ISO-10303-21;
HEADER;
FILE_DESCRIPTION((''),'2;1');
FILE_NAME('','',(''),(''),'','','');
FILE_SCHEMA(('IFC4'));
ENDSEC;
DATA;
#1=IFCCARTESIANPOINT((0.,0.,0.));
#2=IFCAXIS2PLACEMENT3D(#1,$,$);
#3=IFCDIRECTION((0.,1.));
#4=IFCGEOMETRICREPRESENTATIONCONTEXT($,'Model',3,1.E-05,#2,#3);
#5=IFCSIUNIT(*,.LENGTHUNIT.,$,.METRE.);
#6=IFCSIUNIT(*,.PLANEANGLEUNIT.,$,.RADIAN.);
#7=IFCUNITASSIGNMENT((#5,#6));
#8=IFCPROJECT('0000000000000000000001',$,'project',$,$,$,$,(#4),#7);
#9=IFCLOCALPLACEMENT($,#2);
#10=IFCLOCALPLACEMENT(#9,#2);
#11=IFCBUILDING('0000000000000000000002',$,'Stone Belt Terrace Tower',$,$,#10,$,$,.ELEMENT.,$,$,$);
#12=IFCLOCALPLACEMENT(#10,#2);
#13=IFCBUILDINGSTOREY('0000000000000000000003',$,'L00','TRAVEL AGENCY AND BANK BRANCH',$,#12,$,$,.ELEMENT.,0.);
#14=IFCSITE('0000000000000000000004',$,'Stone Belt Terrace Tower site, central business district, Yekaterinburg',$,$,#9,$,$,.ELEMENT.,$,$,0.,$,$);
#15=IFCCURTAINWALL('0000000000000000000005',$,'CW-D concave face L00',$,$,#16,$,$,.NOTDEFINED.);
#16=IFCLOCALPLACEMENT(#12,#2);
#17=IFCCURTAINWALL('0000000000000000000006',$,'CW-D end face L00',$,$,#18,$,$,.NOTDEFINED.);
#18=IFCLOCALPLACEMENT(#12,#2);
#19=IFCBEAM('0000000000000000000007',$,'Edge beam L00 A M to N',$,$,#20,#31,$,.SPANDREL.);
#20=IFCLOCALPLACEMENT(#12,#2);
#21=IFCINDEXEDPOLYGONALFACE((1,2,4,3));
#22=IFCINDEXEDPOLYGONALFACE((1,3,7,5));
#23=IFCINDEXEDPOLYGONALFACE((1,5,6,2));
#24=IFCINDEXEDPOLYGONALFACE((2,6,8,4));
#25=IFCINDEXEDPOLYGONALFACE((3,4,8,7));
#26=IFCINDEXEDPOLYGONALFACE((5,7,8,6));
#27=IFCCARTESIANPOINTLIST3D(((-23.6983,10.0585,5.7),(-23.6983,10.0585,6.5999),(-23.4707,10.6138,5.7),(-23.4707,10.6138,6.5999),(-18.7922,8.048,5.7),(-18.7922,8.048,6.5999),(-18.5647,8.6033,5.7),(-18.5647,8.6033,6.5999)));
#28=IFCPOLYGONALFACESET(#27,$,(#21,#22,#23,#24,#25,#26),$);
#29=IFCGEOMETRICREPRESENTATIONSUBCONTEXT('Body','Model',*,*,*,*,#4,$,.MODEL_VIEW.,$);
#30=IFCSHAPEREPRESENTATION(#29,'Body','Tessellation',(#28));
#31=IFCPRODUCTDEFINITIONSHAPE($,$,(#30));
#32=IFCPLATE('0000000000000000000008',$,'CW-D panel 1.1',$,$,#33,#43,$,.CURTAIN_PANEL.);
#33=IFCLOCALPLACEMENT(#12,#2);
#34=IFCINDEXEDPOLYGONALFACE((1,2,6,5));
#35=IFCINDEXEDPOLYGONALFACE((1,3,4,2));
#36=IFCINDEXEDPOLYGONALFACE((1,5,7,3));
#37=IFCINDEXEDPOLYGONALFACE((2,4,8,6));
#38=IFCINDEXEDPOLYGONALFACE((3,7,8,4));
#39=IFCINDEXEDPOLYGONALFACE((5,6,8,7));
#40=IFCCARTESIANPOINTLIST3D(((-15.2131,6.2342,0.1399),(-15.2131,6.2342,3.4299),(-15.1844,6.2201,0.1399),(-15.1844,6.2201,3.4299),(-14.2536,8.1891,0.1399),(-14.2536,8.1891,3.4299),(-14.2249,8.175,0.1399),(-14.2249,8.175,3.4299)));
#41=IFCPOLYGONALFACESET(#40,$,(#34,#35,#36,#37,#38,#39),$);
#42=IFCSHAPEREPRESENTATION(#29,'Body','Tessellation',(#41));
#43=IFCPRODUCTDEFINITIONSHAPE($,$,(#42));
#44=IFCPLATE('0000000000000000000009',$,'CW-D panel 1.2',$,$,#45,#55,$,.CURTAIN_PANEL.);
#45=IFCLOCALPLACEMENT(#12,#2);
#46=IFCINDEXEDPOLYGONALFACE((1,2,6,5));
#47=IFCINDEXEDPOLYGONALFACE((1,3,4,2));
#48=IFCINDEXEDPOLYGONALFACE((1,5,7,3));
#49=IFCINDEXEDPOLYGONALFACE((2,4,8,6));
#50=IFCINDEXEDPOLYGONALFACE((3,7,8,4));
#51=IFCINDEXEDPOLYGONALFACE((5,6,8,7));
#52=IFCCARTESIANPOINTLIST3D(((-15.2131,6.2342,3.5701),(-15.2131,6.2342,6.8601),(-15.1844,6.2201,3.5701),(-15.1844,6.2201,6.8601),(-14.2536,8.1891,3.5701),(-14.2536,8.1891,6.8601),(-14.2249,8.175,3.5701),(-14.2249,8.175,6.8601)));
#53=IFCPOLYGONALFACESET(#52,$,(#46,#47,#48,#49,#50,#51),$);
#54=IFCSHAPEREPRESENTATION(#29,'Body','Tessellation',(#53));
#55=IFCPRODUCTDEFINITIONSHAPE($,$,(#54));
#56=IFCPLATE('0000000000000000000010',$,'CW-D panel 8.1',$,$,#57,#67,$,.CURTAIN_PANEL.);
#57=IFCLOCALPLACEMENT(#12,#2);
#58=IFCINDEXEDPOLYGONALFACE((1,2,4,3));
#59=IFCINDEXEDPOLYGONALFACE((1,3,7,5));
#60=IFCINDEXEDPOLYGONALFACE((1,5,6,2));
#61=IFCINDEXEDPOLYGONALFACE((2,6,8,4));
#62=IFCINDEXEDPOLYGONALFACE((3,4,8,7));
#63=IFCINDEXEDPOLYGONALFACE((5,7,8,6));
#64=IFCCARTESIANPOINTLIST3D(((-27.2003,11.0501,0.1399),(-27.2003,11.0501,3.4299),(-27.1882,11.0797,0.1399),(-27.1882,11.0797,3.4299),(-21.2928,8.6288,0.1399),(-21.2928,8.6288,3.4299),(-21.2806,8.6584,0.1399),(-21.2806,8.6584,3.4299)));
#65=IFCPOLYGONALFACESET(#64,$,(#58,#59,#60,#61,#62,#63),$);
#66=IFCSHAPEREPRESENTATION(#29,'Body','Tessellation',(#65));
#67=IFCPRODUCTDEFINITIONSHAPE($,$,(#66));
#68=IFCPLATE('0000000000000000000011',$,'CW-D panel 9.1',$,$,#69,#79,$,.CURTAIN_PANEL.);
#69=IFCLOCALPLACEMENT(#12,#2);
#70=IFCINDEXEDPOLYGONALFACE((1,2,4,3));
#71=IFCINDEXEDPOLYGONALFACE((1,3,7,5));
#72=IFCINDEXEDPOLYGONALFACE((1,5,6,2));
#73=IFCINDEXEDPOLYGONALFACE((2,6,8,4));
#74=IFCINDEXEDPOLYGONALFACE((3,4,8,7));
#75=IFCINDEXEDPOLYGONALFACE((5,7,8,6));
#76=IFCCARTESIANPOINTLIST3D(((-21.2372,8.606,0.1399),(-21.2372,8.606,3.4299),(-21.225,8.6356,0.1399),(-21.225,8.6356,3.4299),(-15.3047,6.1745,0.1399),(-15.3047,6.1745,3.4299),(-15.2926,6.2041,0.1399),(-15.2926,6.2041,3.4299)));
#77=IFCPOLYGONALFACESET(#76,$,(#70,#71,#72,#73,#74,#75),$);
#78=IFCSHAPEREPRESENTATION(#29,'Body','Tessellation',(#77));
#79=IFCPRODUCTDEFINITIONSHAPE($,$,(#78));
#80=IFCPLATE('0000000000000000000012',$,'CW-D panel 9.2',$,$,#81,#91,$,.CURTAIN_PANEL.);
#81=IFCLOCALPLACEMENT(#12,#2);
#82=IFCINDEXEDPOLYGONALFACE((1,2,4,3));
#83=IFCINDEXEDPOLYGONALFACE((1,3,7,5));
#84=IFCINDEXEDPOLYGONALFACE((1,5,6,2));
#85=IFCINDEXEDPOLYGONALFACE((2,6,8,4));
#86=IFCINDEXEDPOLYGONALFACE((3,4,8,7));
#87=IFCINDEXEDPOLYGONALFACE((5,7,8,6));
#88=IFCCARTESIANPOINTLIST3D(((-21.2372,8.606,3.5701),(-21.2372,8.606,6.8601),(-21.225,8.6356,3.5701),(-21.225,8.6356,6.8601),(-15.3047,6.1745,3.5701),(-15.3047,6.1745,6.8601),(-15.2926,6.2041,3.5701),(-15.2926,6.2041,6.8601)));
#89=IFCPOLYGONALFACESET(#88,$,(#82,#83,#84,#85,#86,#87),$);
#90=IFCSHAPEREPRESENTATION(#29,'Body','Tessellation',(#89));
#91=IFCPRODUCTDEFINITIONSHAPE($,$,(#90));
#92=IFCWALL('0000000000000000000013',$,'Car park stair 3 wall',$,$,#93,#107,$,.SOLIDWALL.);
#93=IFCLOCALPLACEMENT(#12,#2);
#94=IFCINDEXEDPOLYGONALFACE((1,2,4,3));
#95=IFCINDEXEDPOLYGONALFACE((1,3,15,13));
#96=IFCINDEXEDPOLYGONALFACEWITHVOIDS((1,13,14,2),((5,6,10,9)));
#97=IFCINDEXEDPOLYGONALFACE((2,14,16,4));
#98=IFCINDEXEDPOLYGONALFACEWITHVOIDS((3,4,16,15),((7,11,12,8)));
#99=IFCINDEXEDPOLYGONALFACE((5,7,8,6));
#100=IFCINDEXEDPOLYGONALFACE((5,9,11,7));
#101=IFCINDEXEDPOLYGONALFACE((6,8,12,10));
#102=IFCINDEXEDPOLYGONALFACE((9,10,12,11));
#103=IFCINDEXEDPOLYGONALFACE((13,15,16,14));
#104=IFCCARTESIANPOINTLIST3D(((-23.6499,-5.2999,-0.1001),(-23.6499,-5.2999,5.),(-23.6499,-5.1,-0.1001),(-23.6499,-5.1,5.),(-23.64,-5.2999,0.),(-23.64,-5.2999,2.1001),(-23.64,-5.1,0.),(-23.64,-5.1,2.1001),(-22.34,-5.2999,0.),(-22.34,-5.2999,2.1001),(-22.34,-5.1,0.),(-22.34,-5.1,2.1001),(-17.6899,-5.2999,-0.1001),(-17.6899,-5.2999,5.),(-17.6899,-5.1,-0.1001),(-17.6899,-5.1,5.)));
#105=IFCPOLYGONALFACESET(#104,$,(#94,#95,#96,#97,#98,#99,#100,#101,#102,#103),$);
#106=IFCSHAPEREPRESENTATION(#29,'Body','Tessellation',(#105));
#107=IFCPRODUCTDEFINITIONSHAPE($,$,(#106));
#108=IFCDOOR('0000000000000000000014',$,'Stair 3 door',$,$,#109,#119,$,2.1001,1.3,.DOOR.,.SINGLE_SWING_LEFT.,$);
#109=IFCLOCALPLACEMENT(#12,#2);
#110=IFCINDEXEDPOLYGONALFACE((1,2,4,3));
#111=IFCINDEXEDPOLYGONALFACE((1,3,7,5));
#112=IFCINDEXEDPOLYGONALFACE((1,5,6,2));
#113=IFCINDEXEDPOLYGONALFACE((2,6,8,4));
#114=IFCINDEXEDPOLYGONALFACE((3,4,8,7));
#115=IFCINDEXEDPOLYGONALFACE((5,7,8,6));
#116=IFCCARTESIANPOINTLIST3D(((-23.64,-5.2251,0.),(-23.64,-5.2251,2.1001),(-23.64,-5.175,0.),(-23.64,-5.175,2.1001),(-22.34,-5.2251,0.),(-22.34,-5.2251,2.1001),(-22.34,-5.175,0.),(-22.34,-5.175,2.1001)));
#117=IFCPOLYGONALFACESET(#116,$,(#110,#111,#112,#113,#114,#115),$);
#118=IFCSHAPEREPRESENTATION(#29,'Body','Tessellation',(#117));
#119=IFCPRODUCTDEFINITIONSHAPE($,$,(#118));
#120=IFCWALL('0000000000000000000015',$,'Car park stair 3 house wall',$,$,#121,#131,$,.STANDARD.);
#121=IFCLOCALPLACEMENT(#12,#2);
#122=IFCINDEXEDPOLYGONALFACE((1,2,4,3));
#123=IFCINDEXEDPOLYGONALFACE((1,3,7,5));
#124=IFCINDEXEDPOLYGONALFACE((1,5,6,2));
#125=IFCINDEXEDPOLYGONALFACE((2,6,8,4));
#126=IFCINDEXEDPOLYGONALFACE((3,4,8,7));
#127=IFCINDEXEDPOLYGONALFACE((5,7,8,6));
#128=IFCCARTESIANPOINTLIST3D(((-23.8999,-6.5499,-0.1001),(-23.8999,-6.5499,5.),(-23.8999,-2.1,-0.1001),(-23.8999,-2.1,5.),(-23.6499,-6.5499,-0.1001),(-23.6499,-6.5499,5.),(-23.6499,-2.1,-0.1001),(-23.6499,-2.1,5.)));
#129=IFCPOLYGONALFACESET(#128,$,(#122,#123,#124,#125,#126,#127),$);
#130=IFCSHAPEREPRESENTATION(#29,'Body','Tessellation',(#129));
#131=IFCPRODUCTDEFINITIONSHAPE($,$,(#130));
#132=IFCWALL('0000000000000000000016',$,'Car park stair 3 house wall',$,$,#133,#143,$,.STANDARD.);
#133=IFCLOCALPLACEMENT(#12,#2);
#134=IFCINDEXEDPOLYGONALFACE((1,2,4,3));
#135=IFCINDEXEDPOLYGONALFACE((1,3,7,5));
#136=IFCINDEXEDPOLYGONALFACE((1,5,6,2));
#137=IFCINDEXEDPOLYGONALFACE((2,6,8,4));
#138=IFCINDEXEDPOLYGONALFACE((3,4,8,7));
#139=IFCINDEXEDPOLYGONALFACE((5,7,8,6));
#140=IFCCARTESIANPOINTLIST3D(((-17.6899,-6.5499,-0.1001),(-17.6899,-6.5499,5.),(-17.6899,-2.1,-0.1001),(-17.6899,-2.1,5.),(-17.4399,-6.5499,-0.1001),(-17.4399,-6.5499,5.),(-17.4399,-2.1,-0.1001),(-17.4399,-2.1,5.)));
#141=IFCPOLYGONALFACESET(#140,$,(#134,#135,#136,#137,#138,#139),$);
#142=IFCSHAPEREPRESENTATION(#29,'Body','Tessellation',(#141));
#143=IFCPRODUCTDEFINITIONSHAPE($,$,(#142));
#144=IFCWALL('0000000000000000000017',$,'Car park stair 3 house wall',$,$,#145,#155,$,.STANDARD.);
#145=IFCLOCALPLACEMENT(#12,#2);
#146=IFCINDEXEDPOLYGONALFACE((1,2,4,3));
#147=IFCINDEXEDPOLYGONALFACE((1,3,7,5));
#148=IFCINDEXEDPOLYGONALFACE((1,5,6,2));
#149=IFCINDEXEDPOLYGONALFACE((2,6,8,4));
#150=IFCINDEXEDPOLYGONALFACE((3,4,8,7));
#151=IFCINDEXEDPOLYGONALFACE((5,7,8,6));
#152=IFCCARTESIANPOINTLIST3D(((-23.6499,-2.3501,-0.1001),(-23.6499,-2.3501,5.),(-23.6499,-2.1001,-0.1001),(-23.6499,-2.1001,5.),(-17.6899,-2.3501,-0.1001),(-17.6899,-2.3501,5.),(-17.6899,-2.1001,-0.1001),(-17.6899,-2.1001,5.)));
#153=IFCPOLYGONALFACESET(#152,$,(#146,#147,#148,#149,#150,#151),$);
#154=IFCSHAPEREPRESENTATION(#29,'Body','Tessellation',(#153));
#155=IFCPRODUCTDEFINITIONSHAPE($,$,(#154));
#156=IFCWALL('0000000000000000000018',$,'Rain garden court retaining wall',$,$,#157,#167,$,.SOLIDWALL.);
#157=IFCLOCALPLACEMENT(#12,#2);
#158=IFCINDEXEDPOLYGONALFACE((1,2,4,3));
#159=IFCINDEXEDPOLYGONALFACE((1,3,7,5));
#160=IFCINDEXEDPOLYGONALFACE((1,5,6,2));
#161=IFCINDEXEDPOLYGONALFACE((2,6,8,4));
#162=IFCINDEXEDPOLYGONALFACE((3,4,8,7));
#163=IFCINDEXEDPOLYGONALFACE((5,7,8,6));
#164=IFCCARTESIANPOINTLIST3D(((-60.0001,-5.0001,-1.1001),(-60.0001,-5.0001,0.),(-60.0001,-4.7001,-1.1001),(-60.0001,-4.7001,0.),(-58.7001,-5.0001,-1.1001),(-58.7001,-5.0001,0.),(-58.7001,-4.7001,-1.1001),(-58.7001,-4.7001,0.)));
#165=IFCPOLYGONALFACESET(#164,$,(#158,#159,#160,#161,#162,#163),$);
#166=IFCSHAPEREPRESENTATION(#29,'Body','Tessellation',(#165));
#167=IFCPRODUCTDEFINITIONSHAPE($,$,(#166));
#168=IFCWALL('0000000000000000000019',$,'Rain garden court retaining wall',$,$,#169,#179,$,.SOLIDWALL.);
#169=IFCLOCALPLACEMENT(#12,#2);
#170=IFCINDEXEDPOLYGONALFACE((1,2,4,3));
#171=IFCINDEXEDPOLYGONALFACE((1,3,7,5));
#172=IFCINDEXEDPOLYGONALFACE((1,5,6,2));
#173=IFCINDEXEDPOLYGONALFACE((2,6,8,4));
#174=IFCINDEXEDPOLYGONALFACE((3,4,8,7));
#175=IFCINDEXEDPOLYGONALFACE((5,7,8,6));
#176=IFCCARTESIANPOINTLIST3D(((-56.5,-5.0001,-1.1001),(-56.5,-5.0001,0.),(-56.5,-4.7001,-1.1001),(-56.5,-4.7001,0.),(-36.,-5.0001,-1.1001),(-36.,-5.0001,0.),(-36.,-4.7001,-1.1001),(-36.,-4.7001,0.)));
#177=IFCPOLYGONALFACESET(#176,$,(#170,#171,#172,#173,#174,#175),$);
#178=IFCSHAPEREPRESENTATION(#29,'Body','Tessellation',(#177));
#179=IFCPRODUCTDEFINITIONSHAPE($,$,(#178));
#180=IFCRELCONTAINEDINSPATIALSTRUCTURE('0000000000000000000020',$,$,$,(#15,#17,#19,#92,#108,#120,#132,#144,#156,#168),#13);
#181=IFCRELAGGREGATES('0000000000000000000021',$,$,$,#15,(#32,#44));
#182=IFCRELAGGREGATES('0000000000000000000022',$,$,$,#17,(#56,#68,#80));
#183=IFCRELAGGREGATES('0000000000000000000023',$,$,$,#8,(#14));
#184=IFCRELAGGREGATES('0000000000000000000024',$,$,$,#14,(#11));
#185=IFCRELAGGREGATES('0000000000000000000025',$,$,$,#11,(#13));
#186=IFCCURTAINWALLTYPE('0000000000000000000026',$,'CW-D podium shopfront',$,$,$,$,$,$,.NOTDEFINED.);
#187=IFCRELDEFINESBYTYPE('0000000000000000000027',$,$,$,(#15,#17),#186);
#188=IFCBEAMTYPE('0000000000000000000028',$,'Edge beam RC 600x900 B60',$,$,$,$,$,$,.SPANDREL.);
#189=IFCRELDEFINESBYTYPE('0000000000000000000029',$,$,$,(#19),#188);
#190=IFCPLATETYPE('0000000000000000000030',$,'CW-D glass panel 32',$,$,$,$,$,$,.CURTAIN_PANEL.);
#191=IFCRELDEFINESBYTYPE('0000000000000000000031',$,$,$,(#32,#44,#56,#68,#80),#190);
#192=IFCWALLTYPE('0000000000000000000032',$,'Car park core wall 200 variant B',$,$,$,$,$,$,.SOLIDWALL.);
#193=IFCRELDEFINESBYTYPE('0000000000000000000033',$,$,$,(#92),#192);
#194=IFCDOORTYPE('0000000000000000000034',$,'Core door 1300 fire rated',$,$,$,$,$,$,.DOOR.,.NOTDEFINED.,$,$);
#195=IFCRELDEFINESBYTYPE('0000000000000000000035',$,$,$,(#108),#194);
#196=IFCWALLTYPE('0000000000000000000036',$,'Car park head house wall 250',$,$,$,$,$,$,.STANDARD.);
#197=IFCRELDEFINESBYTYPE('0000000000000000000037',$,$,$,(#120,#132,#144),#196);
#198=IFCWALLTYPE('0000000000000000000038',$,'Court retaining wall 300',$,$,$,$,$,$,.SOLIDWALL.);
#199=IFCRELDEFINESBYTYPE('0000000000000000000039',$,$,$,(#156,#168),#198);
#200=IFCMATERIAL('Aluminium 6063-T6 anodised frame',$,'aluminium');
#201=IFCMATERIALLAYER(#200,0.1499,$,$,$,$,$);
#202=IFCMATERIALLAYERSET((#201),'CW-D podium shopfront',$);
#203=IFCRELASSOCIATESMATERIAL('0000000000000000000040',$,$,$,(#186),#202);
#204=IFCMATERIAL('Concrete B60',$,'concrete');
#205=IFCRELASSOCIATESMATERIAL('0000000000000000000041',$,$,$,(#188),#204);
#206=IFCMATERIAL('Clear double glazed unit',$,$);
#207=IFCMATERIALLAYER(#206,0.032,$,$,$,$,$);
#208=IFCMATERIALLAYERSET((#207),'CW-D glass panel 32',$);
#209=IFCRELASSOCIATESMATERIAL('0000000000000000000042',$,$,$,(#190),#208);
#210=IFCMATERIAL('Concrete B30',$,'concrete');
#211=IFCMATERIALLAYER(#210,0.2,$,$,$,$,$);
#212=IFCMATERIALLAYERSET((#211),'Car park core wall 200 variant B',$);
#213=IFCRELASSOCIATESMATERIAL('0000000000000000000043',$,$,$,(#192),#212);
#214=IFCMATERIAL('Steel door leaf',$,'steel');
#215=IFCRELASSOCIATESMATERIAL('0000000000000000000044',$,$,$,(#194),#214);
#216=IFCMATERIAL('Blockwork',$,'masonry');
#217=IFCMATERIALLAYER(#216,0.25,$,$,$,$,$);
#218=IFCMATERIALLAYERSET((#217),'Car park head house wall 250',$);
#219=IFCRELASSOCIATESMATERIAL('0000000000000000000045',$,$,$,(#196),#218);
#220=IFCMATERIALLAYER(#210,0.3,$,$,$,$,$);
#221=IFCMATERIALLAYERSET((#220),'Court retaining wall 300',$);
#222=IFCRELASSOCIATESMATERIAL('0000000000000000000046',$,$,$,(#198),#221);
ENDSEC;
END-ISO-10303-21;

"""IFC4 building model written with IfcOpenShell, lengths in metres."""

from ifc_helpers import new_model, si_unit, direction, frame, frame_2d, origin, origin_2d, place, context, subcontext, project, spatial, rectangle, extrude, material, layer, layer_set, material_profile, profile_set, type_object, element, fill, aggregate, save


model = new_model("IFC4")

# Units and contexts
model_context = context("Model", 3, precision=1e-05, world=origin(), true_north=direction((0.0, 1.0)))
body_context = subcontext(model_context, "Body", "Model", "MODEL_VIEW")
ifc_project = project(units=[si_unit("LENGTHUNIT", "METRE"), si_unit("PLANEANGLEUNIT", "RADIAN")], contexts=[model_context])

# Site, building, storey
site_placement = place(None, origin())
site = spatial("IfcSite", under=ifc_project, at=site_placement, Name="Stone Belt Terrace Tower site, central business district, Yekaterinburg", CompositionType="ELEMENT", RefElevation=0.0)
building_placement = place(site_placement, origin())
building = spatial("IfcBuilding", under=site, at=building_placement, Name="Stone Belt Terrace Tower", CompositionType="ELEMENT")
storey_placement = place(building_placement, origin())
storey = spatial("IfcBuildingStorey", under=building, at=storey_placement, Name="L00", Description="TRAVEL AGENCY AND BANK BRANCH", CompositionType="ELEMENT", Elevation=0.0)

# Shared definitions
ifc_material_1 = material(Name="Concrete B30", Category="concrete")

# Shared definitions
ifc_material_2 = material(Name="Concrete B60", Category="concrete")

# Curtain wall
ifc_material_3 = material(Name="Aluminium 6063-T6 anodised frame", Category="aluminium")
ifc_layer_1 = layer(ifc_material_3, 0.1499)
ifc_layer_set_1 = layer_set([ifc_layer_1], Name="CW-D podium shopfront")
curtain_wall_type = type_object("IfcCurtainWallType", Name="CW-D podium shopfront", PredefinedType="NOTDEFINED", material=ifc_layer_set_1)
curtain_wall_1_placement = place(storey_placement, origin())
curtain_wall_1 = element("IfcCurtainWall", 1, at=curtain_wall_1_placement, inside=storey, type_object=curtain_wall_type, Name="CW-D concave face L00", PredefinedType="NOTDEFINED")

# Curtain wall
curtain_wall_2_placement = place(storey_placement, origin())
curtain_wall_2 = element("IfcCurtainWall", 2, at=curtain_wall_2_placement, inside=storey, type_object=curtain_wall_type, Name="CW-D end face L00", PredefinedType="NOTDEFINED")

# Beam
ifc_material_profile_1 = material_profile(ifc_material_2, rectangle(XDim=0.6001, YDim=0.8999, at=origin_2d()), Name="RC 600x900")
ifc_profile_set_1 = profile_set([ifc_material_profile_1], Name="Concrete B60")
beam_type = type_object("IfcBeamType", Name="Edge beam RC 600x900 B60", PredefinedType="SPANDREL", material=ifc_profile_set_1)
beam_placement = place(storey_placement, frame((-18.6785, 8.3257, 6.1499), z_axis=(-0.925316, 0.379198, 0.0), x_axis=(-0.379198, -0.925316, 0.0)))
element("IfcBeam", 3, at=beam_placement, inside=storey, type_object=beam_type, Name="Edge beam L00 A M to N", PredefinedType="SPANDREL", context=body_context, shape_type="SweptSolid", body=[
    extrude(rectangle(XDim=0.6001, YDim=0.8999, at=origin_2d()), origin(), (0.0, 0.0, 1.0), 5.302),
])

# Plates
ifc_material_4 = material(Name="Clear double glazed unit")
ifc_layer_2 = layer(ifc_material_4, 0.032)
ifc_layer_set_2 = layer_set([ifc_layer_2], Name="CW-D glass panel 32")
plate_type = type_object("IfcPlateType", Name="CW-D glass panel 32", PredefinedType="CURTAIN_PANEL", material=ifc_layer_set_2)
plate_1_placement = place(storey_placement, frame((-14.719, 7.2046, 0.1399), z_axis=(0.0, 0.0, 1.0), x_axis=(0.440619, 0.897694, 0.0)))
plate_1 = element("IfcPlate", 4, at=plate_1_placement, type_object=plate_type, Name="CW-D panel 1.1", PredefinedType="CURTAIN_PANEL", context=body_context, shape_type="SweptSolid", body=[
    extrude(rectangle(XDim=2.1777, YDim=0.032, at=origin_2d()), origin(), (0.0, 0.0, 1.0), 3.29),
])
plate_2_placement = place(storey_placement, frame((-14.719, 7.2046, 3.5701), z_axis=(0.0, 0.0, 1.0), x_axis=(0.440619, 0.897694, 0.0)))
plate_2 = element("IfcPlate", 5, at=plate_2_placement, type_object=plate_type, Name="CW-D panel 1.2", PredefinedType="CURTAIN_PANEL", context=body_context, shape_type="SweptSolid", body=[
    extrude(rectangle(XDim=2.1777, YDim=0.032, at=origin_2d()), origin(), (0.0, 0.0, 1.0), 3.29),
])
aggregate(curtain_wall_1, [plate_1, plate_2])
plate_3_placement = place(storey_placement, frame((-24.2405, 9.8542, 0.1399), z_axis=(0.0, 0.0, 1.0), x_axis=(0.925297, -0.379243, 0.0)))
plate_3 = element("IfcPlate", 6, at=plate_3_placement, type_object=plate_type, Name="CW-D panel 8.1", PredefinedType="CURTAIN_PANEL", context=body_context, shape_type="SweptSolid", body=[
    extrude(rectangle(XDim=6.3845, YDim=0.032, at=origin_2d()), origin(), (0.0, 0.0, 1.0), 3.29),
])
plate_4_placement = place(storey_placement, frame((-18.2649, 7.405, 0.1399), z_axis=(0.0, 0.0, 1.0), x_axis=(0.925297, -0.379243, 0.0)))
plate_4 = element("IfcPlate", 7, at=plate_4_placement, type_object=plate_type, Name="CW-D panel 9.1", PredefinedType="CURTAIN_PANEL", context=body_context, shape_type="SweptSolid", body=[
    extrude(rectangle(XDim=6.4114, YDim=0.032, at=origin_2d()), origin(), (0.0, 0.0, 1.0), 3.29),
])
plate_5_placement = place(storey_placement, frame((-18.2649, 7.405, 3.5701), z_axis=(0.0, 0.0, 1.0), x_axis=(0.925297, -0.379243, 0.0)))
plate_5 = element("IfcPlate", 8, at=plate_5_placement, type_object=plate_type, Name="CW-D panel 9.2", PredefinedType="CURTAIN_PANEL", context=body_context, shape_type="SweptSolid", body=[
    extrude(rectangle(XDim=6.4114, YDim=0.032, at=origin_2d()), origin(), (0.0, 0.0, 1.0), 3.29),
])
aggregate(curtain_wall_2, [plate_3, plate_4, plate_5])

# Wall, opening, door
ifc_layer_3 = layer(ifc_material_1, 0.2)
ifc_layer_set_3 = layer_set([ifc_layer_3], Name="Car park core wall 200 variant B")
wall_type_1 = type_object("IfcWallType", Name="Car park core wall 200 variant B", PredefinedType="SOLIDWALL", material=ifc_layer_set_3)
wall_1_placement = place(storey_placement, frame((-23.6499, -5.2, -0.1001), z_axis=(0.0, 0.0, 1.0), x_axis=(1.0, 0.0, 0.0)))
wall_1 = element("IfcWall", 9, at=wall_1_placement, inside=storey, type_object=wall_type_1, Name="Car park stair 3 wall", PredefinedType="SOLIDWALL", context=body_context, shape_type="SweptSolid", body=[
    extrude(rectangle(XDim=5.96, YDim=0.2, at=frame_2d((2.98, 0.0))), origin(), (0.0, 0.0, 1.0), 5.1001),
])
opening_placement = place(wall_1_placement, frame((0.01, 0.0, 0.1001)))
opening = element("IfcOpeningElement", 10, at=opening_placement, cuts=wall_1, PredefinedType="OPENING", context=body_context, shape_type="SweptSolid", body=[
    extrude(rectangle(XDim=1.3, YDim=2.1001, at=frame_2d((0.6499, 1.05))), frame((0.0, 0.1099, 0.0), z_axis=(0.0, -1.0, 0.0), x_axis=(1.0, 0.0, 0.0)), (0.0, 0.0, 1.0), 0.22),
])
ifc_material_5 = material(Name="Steel door leaf", Category="steel")
door_type = type_object("IfcDoorType", Name="Core door 1300 fire rated", OperationType="NOTDEFINED", PredefinedType="DOOR", material=ifc_material_5)
door_placement = place(opening_placement, origin())
door = element("IfcDoor", 11, at=door_placement, inside=storey, type_object=door_type, Name="Stair 3 door", OperationType="SINGLE_SWING_LEFT", OverallHeight=2.1001, OverallWidth=1.3, PredefinedType="DOOR", context=body_context, shape_type="SweptSolid", body=[
    extrude(rectangle(XDim=1.3, YDim=2.1001, at=frame_2d((0.6499, 1.05))), frame((0.0, 0.0249, 0.0), z_axis=(0.0, -1.0, 0.0), x_axis=(1.0, 0.0, 0.0)), (0.0, 0.0, 1.0), 0.05),
])
fill(opening, door)

# Walls
ifc_material_6 = material(Name="Blockwork", Category="masonry")
ifc_layer_4 = layer(ifc_material_6, 0.25)
ifc_layer_set_4 = layer_set([ifc_layer_4], Name="Car park head house wall 250")
wall_type_2 = type_object("IfcWallType", Name="Car park head house wall 250", PredefinedType="STANDARD", material=ifc_layer_set_4)
for number, where, z_axis, x_axis, name in (
    (12, (-23.7749, -6.55, -0.1001), (0.0, 0.0, 1.0), (0.0, 1.0, 0.0), "Car park stair 3 house wall"),
    (13, (-17.5649, -6.55, -0.1001), (0.0, 0.0, 1.0), (0.0, 1.0, 0.0), "Car park stair 3 house wall"),
):
    element("IfcWall", number, at=place(storey_placement, frame(where, z_axis=z_axis, x_axis=x_axis)), inside=storey, type_object=wall_type_2, Name=name, PredefinedType="STANDARD", context=body_context, shape_type="SweptSolid", body=[
        extrude(rectangle(XDim=4.45, YDim=0.25, at=frame_2d((2.2251, 0.0))), origin(), (0.0, 0.0, 1.0), 5.1001),
    ])
wall_2_placement = place(storey_placement, frame((-23.6499, -2.2251, -0.1001), z_axis=(0.0, 0.0, 1.0), x_axis=(1.0, 0.0, 0.0)))
element("IfcWall", 14, at=wall_2_placement, inside=storey, type_object=wall_type_2, Name="Car park stair 3 house wall", PredefinedType="STANDARD", context=body_context, shape_type="SweptSolid", body=[
    extrude(rectangle(XDim=5.96, YDim=0.25, at=frame_2d((2.98, 0.0))), origin(), (0.0, 0.0, 1.0), 5.1001),
])
ifc_layer_5 = layer(ifc_material_1, 0.3)
ifc_layer_set_5 = layer_set([ifc_layer_5], Name="Court retaining wall 300")
wall_type_3 = type_object("IfcWallType", Name="Court retaining wall 300", PredefinedType="SOLIDWALL", material=ifc_layer_set_5)
wall_3_placement = place(storey_placement, frame((-60.0, -4.8501, -1.1001), z_axis=(0.0, 0.0, 1.0), x_axis=(1.0, 0.0, 0.0)))
element("IfcWall", 15, at=wall_3_placement, inside=storey, type_object=wall_type_3, Name="Rain garden court retaining wall", PredefinedType="SOLIDWALL", context=body_context, shape_type="SweptSolid", body=[
    extrude(rectangle(XDim=1.3, YDim=0.3, at=frame_2d((0.6499, 0.0))), origin(), (0.0, 0.0, 1.0), 1.1001),
])
wall_4_placement = place(storey_placement, frame((-56.5, -4.8501, -1.1001), z_axis=(0.0, 0.0, 1.0), x_axis=(1.0, 0.0, 0.0)))
element("IfcWall", 16, at=wall_4_placement, inside=storey, type_object=wall_type_3, Name="Rain garden court retaining wall", PredefinedType="SOLIDWALL", context=body_context, shape_type="SweptSolid", body=[
    extrude(rectangle(XDim=20.5, YDim=0.3, at=frame_2d((10.25, 0.0))), origin(), (0.0, 0.0, 1.0), 1.1001),
])

save(model, "model.ifc")
